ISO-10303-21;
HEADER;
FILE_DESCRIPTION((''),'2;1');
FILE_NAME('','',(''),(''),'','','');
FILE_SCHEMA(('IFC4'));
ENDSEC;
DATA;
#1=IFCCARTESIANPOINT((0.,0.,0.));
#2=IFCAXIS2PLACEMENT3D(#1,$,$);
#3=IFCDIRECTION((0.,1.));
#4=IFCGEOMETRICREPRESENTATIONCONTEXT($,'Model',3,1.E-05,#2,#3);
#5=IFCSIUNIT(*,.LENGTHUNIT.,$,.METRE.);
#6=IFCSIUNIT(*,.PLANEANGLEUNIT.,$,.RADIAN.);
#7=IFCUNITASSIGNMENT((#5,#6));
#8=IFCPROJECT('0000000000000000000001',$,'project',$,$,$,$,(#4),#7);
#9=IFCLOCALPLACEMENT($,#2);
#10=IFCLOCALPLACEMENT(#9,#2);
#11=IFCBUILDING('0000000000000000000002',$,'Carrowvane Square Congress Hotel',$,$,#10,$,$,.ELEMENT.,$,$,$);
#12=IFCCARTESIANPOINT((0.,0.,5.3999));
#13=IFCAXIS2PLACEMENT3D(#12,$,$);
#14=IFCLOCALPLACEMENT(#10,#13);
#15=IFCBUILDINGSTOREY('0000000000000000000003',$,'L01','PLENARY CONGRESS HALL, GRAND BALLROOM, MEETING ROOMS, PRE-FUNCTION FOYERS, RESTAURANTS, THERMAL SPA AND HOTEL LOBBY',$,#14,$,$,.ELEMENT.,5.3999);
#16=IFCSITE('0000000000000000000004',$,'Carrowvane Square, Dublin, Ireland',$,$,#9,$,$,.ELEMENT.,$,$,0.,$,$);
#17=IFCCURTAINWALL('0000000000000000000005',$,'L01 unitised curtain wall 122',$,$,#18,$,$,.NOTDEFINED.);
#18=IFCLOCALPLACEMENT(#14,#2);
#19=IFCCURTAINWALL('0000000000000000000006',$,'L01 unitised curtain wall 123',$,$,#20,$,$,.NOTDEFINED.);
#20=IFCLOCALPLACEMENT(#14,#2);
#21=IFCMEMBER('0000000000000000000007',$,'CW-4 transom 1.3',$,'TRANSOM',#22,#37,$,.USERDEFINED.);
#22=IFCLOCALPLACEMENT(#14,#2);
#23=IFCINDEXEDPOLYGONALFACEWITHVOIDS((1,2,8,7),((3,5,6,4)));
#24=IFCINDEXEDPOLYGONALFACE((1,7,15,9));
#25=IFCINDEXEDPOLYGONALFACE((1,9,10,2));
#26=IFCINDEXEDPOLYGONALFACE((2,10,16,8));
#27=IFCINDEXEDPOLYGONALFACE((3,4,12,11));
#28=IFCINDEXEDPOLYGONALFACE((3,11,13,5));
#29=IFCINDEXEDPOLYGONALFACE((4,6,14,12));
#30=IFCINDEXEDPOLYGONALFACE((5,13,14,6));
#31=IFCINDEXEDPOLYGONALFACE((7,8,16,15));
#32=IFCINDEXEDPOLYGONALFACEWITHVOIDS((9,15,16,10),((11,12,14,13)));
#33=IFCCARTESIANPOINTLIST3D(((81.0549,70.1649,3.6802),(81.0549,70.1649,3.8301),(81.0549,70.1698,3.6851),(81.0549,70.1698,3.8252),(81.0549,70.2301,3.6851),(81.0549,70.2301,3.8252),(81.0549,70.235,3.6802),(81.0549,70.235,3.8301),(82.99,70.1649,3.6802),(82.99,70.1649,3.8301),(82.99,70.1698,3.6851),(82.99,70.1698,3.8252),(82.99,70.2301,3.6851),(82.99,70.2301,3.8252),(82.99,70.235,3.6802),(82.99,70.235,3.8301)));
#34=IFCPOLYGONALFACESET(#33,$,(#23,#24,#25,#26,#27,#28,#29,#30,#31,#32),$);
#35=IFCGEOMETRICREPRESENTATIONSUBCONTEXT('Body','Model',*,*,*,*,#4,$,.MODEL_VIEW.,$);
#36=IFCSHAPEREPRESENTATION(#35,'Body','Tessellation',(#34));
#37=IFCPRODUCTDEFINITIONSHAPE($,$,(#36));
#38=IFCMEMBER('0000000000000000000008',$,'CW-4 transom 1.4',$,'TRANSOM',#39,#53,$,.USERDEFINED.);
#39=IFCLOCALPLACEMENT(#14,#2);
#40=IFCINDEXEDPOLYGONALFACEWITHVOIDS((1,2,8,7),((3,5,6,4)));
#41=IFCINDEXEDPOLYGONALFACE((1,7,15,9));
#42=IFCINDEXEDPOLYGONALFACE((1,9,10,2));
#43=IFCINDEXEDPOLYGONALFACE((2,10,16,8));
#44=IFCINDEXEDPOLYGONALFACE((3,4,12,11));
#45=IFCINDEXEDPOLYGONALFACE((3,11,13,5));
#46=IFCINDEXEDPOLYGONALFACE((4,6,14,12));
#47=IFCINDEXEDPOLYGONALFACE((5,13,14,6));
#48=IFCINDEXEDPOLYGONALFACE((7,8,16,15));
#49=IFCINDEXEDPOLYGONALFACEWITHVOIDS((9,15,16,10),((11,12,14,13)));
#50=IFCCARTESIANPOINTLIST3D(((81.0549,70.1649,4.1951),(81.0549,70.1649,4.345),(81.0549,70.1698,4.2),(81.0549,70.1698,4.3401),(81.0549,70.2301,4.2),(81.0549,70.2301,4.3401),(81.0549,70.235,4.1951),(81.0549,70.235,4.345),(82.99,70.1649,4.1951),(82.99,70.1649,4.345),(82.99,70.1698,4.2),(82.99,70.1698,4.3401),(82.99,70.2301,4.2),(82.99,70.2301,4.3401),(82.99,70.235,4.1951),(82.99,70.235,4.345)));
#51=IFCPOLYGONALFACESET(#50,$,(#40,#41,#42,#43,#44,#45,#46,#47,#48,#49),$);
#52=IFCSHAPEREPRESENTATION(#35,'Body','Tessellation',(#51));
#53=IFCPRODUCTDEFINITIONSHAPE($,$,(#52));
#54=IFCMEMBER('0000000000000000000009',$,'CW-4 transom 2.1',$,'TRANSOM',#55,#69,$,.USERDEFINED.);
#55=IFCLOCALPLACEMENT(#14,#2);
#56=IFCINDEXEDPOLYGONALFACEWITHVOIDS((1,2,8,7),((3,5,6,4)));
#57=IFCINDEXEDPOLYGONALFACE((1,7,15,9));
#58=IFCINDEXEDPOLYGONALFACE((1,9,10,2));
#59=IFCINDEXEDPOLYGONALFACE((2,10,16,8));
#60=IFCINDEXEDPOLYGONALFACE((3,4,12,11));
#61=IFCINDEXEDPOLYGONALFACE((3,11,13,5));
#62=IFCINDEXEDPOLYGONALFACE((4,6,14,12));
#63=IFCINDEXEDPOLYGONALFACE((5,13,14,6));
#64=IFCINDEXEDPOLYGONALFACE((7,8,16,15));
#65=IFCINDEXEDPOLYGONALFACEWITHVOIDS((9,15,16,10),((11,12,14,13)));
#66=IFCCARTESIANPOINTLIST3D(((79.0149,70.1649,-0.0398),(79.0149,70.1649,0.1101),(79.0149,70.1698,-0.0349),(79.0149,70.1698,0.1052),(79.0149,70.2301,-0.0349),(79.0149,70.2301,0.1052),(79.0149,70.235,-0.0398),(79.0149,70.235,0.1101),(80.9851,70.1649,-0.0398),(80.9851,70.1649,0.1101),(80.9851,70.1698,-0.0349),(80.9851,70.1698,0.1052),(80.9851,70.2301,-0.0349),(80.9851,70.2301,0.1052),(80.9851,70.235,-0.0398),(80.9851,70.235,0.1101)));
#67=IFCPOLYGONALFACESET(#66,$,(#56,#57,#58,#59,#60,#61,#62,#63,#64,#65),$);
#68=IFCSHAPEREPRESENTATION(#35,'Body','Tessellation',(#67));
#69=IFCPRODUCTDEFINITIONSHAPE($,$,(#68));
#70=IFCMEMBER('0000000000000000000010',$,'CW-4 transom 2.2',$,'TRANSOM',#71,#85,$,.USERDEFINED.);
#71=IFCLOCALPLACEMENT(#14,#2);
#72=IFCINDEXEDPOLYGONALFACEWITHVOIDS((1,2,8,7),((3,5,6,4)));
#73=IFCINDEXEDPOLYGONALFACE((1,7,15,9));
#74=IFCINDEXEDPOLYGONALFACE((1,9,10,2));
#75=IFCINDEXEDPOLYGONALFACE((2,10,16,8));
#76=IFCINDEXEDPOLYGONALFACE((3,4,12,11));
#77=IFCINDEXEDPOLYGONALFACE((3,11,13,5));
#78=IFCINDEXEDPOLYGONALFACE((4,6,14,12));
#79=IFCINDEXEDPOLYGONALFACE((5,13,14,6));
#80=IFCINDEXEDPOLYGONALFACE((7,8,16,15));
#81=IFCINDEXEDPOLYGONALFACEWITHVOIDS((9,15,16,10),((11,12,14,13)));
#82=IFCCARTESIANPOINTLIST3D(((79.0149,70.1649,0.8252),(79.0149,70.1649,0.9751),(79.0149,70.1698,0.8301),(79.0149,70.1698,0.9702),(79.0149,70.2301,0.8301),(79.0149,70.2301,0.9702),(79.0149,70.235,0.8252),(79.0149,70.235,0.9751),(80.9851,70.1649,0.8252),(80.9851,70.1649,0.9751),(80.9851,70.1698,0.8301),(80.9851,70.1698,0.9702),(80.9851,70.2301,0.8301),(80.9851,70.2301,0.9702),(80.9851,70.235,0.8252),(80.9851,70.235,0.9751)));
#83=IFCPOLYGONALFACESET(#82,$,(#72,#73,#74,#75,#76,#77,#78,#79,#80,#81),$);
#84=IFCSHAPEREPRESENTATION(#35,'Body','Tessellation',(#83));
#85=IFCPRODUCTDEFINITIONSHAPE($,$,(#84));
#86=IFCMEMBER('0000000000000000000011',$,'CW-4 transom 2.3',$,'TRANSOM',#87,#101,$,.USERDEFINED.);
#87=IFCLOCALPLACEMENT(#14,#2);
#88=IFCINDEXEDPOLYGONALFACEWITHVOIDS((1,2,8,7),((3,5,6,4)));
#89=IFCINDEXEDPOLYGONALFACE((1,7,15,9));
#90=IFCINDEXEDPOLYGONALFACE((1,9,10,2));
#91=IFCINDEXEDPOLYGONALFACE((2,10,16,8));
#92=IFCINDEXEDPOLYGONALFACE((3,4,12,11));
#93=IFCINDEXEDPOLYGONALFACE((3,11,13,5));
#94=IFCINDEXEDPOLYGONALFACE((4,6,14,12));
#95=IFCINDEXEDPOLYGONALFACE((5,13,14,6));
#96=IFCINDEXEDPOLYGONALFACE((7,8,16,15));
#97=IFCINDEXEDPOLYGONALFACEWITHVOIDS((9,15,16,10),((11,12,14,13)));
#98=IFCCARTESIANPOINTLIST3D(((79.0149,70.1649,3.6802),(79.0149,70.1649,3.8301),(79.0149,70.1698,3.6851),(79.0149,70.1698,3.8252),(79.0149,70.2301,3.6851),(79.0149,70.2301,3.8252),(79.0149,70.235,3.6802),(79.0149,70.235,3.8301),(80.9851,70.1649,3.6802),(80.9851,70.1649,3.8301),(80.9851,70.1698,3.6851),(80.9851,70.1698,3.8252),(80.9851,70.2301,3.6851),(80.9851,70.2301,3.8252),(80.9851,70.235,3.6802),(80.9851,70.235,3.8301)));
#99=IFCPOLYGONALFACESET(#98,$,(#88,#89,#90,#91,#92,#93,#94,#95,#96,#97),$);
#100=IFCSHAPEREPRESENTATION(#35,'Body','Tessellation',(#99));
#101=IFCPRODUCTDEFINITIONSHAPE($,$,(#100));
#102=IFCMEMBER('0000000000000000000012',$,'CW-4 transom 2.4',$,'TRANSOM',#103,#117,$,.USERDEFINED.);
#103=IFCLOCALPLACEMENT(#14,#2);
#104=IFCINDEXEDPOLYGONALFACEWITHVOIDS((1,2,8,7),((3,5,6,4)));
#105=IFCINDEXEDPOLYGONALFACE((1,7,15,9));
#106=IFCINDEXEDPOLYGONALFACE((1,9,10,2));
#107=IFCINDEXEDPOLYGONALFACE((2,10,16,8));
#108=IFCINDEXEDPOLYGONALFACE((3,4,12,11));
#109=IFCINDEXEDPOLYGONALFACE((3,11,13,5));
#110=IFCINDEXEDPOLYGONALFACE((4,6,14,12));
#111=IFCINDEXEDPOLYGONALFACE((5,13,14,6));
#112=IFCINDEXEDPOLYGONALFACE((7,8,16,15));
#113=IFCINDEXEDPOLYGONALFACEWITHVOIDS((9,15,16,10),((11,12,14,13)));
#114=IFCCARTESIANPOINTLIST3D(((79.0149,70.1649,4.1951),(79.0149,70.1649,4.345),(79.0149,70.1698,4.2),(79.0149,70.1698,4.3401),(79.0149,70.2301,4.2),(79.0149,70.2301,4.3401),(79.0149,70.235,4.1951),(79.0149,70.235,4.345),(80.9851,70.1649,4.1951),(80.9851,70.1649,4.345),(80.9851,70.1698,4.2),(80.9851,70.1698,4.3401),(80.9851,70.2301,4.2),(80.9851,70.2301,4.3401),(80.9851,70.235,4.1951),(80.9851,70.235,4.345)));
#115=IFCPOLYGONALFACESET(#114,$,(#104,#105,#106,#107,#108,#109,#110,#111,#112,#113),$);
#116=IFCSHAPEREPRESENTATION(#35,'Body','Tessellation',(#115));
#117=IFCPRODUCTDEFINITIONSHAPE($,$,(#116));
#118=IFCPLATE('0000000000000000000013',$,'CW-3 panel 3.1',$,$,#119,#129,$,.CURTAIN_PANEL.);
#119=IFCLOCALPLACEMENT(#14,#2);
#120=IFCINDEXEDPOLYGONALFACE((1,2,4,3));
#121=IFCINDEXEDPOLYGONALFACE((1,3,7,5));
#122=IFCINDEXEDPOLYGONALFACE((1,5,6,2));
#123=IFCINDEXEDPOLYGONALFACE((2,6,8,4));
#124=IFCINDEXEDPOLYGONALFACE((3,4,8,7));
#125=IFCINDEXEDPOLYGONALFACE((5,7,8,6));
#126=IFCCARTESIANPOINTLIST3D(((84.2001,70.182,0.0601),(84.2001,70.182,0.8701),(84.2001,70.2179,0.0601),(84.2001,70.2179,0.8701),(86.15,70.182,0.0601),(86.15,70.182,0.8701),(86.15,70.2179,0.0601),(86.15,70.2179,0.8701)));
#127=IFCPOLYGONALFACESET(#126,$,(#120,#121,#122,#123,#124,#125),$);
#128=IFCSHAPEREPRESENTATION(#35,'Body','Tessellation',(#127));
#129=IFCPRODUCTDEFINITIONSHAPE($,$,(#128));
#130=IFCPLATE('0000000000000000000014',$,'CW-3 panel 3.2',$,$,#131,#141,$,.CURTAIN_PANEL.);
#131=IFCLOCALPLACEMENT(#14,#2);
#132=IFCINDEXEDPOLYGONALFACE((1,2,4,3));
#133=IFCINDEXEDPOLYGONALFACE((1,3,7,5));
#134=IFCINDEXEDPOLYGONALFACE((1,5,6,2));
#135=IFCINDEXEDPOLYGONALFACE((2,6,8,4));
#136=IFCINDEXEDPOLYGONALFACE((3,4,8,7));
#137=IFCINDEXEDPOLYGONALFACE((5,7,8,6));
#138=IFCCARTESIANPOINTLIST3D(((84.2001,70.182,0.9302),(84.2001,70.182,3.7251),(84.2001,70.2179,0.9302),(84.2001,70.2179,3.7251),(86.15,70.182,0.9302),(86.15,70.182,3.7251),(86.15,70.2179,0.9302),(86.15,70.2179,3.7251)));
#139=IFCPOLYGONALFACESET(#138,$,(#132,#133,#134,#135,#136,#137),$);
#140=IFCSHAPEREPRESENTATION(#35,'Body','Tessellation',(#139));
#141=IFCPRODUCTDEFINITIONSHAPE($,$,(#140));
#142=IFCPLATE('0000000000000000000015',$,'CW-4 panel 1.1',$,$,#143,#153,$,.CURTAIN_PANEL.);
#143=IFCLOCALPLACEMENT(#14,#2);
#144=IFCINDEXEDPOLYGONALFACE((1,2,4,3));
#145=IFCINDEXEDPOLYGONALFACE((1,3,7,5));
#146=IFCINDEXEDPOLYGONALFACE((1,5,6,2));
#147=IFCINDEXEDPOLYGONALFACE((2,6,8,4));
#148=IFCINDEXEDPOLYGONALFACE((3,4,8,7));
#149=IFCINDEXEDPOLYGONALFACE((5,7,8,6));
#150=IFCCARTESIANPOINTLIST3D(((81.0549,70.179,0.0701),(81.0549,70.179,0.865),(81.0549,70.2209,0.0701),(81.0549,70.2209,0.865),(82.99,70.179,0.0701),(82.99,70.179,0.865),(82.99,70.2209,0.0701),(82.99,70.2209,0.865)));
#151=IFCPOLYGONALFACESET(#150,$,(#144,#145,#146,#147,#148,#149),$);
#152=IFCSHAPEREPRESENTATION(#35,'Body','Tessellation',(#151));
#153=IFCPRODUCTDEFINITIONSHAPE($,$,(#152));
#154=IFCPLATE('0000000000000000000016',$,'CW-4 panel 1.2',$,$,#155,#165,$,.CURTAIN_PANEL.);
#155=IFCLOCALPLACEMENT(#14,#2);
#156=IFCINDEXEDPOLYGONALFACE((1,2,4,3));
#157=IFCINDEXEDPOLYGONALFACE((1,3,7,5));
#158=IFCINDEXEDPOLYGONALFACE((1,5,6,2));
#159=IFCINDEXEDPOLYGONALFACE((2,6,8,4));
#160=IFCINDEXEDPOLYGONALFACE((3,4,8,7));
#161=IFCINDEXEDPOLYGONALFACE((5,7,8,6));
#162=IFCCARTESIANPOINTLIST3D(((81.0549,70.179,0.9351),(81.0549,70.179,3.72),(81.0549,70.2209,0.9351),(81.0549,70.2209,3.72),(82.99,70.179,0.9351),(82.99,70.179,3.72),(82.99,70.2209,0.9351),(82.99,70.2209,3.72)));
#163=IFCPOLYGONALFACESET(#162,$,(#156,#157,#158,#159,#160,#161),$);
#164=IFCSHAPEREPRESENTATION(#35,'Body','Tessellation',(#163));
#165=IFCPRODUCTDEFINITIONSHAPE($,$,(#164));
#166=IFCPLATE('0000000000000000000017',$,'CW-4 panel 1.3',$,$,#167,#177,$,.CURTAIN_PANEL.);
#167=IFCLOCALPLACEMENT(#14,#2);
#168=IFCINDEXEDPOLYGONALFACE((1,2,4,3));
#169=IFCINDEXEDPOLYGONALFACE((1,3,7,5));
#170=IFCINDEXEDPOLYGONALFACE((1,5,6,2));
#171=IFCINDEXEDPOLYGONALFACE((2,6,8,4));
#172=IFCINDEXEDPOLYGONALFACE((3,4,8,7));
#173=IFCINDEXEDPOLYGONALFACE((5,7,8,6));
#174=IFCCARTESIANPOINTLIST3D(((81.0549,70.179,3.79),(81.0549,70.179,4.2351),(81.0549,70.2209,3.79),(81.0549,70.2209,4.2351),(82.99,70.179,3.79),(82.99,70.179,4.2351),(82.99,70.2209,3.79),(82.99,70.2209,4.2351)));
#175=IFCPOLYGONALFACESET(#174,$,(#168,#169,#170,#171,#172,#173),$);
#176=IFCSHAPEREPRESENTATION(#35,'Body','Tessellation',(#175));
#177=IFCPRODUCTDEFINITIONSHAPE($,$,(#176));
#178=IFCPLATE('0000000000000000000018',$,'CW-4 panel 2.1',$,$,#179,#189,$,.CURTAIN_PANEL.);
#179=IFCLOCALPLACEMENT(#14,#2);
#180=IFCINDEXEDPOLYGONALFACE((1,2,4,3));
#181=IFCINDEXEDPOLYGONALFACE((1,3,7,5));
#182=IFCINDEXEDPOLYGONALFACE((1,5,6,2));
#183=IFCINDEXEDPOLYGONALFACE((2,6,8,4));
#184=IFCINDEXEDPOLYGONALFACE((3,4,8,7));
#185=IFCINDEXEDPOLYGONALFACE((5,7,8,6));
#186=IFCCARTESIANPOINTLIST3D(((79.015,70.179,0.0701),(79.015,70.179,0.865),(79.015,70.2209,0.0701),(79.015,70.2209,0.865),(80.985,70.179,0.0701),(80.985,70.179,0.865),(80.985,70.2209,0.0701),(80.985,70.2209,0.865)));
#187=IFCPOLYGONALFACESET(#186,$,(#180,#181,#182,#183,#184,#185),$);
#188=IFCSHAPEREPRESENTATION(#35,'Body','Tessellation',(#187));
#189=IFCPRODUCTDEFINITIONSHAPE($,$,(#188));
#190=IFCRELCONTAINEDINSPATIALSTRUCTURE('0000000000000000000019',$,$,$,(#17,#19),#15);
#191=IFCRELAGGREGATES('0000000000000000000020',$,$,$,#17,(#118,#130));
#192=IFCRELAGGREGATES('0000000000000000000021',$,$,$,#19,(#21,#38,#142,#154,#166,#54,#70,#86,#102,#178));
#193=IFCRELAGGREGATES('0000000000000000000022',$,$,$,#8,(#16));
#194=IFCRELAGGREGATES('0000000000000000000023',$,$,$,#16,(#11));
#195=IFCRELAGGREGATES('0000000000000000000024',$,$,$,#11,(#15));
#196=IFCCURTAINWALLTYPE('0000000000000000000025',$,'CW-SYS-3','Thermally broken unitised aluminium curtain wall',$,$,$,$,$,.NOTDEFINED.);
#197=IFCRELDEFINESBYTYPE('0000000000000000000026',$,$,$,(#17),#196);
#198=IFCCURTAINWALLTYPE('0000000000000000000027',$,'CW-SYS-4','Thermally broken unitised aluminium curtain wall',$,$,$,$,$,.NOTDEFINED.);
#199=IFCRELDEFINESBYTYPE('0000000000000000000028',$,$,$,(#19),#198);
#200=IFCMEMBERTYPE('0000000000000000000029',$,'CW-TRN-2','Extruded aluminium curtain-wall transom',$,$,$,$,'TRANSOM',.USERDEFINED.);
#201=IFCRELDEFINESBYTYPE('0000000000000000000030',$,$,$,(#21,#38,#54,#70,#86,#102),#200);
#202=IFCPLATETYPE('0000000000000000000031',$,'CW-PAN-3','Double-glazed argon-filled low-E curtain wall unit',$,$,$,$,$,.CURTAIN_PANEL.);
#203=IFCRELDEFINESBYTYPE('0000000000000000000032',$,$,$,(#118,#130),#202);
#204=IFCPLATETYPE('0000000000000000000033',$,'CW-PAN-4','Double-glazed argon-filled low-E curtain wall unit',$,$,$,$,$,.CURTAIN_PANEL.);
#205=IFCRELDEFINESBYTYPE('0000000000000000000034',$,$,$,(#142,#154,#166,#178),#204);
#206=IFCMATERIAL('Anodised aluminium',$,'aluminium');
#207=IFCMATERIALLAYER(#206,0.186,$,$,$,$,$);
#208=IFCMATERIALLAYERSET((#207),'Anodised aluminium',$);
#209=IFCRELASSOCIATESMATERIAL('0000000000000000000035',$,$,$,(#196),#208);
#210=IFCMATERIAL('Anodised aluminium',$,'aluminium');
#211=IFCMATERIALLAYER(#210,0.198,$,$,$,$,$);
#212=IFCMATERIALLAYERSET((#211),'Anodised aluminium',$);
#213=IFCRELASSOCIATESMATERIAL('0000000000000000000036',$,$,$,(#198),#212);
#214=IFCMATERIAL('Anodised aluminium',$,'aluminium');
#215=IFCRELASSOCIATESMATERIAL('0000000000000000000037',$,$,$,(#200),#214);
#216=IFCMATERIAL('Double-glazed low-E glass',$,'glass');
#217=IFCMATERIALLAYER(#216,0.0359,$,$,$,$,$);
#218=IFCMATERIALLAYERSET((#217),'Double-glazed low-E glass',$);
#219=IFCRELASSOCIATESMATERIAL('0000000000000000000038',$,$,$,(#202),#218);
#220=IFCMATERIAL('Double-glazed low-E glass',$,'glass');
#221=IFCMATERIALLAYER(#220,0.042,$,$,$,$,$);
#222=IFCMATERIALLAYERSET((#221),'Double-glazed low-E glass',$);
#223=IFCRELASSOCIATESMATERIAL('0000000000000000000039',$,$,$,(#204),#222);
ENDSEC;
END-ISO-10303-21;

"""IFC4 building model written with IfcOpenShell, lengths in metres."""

from ifc_helpers import new_model, si_unit, direction, frame, origin, origin_2d, place, context, subcontext, project, spatial, rectangle, hollow_rectangle, extrude, material, layer, layer_set, material_profile, profile_set, type_object, element, aggregate, save


model = new_model("IFC4")

# Units and contexts
model_context = context("Model", 3, precision=1e-05, world=origin(), true_north=direction((0.0, 1.0)))
body_context = subcontext(model_context, "Body", "Model", "MODEL_VIEW")
ifc_project = project(units=[si_unit("LENGTHUNIT", "METRE"), si_unit("PLANEANGLEUNIT", "RADIAN")], contexts=[model_context])

# Site, building, storey
site_placement = place(None, origin())
site = spatial("IfcSite", under=ifc_project, at=site_placement, Name="Carrowvane Square, Dublin, Ireland", CompositionType="ELEMENT", RefElevation=0.0)
building_placement = place(site_placement, origin())
building = spatial("IfcBuilding", under=site, at=building_placement, Name="Carrowvane Square Congress Hotel", CompositionType="ELEMENT")
storey_placement = place(building_placement, frame((0.0, 0.0, 5.3999)))
storey = spatial("IfcBuildingStorey", under=building, at=storey_placement, Name="L01", Description="PLENARY CONGRESS HALL, GRAND BALLROOM, MEETING ROOMS, PRE-FUNCTION FOYERS, RESTAURANTS, THERMAL SPA AND HOTEL LOBBY", CompositionType="ELEMENT", Elevation=5.3999)

# Curtain wall
ifc_material_1 = material(Name="Anodised aluminium", Category="aluminium")
ifc_layer_1 = layer(ifc_material_1, 0.186)
ifc_layer_set_1 = layer_set([ifc_layer_1], Name="Anodised aluminium")
curtain_wall_type_1 = type_object("IfcCurtainWallType", Name="CW-SYS-3", Description="Thermally broken unitised aluminium curtain wall", PredefinedType="NOTDEFINED", material=ifc_layer_set_1)
curtain_wall_1_placement = place(storey_placement, origin())
curtain_wall_1 = element("IfcCurtainWall", 1, at=curtain_wall_1_placement, inside=storey, type_object=curtain_wall_type_1, Name="L01 unitised curtain wall 122", PredefinedType="NOTDEFINED")

# Curtain wall, members
ifc_material_2 = material(Name="Anodised aluminium", Category="aluminium")
ifc_layer_2 = layer(ifc_material_2, 0.198)
ifc_layer_set_2 = layer_set([ifc_layer_2], Name="Anodised aluminium")
curtain_wall_type_2 = type_object("IfcCurtainWallType", Name="CW-SYS-4", Description="Thermally broken unitised aluminium curtain wall", PredefinedType="NOTDEFINED", material=ifc_layer_set_2)
curtain_wall_2_placement = place(storey_placement, origin())
curtain_wall_2 = element("IfcCurtainWall", 2, at=curtain_wall_2_placement, inside=storey, type_object=curtain_wall_type_2, Name="L01 unitised curtain wall 123", PredefinedType="NOTDEFINED")
ifc_material_3 = material(Name="Anodised aluminium", Category="aluminium")
ifc_material_profile_1 = material_profile(ifc_material_3, hollow_rectangle(XDim=0.0701, YDim=0.1499, WallThickness=0.0049, at=origin_2d()), Name="CW-TR 70x150x5")
ifc_profile_set_1 = profile_set([ifc_material_profile_1], Name="Anodised aluminium")
member_type_1 = type_object("IfcMemberType", Name="CW-TRN-2", Description="Extruded aluminium curtain-wall transom", ElementType="TRANSOM", PredefinedType="USERDEFINED", material=ifc_profile_set_1)
member_1_placement = place(storey_placement, frame((82.99, 70.2, 3.7551), z_axis=(-1.0, 0.0, 0.0), x_axis=(0.0, -1.0, 0.0)))
member_1 = element("IfcMember", 3, at=member_1_placement, type_object=member_type_1, Name="CW-4 transom 1.3", ObjectType="TRANSOM", PredefinedType="USERDEFINED", context=body_context, shape_type="SweptSolid", body=[
    extrude(hollow_rectangle(XDim=0.0701, YDim=0.1499, WallThickness=0.0049, at=origin_2d()), origin(), (0.0, 0.0, 1.0), 1.9351),
])
member_2_placement = place(storey_placement, frame((82.99, 70.2, 4.27), z_axis=(-1.0, 0.0, 0.0), x_axis=(0.0, -1.0, 0.0)))
member_2 = element("IfcMember", 4, at=member_2_placement, type_object=member_type_1, Name="CW-4 transom 1.4", ObjectType="TRANSOM", PredefinedType="USERDEFINED", context=body_context, shape_type="SweptSolid", body=[
    extrude(hollow_rectangle(XDim=0.0701, YDim=0.1499, WallThickness=0.0049, at=origin_2d()), origin(), (0.0, 0.0, 1.0), 1.9351),
])
member_3_placement = place(storey_placement, frame((80.9851, 70.2, 0.0352), z_axis=(-1.0, 0.0, 0.0), x_axis=(0.0, -1.0, 0.0)))
member_3 = element("IfcMember", 5, at=member_3_placement, type_object=member_type_1, Name="CW-4 transom 2.1", ObjectType="TRANSOM", PredefinedType="USERDEFINED", context=body_context, shape_type="SweptSolid", body=[
    extrude(hollow_rectangle(XDim=0.0701, YDim=0.1499, WallThickness=0.0049, at=origin_2d()), origin(), (0.0, 0.0, 1.0), 1.9702),
])
member_4_placement = place(storey_placement, frame((80.9851, 70.2, 0.9001), z_axis=(-1.0, 0.0, 0.0), x_axis=(0.0, -1.0, 0.0)))
member_4 = element("IfcMember", 6, at=member_4_placement, type_object=member_type_1, Name="CW-4 transom 2.2", ObjectType="TRANSOM", PredefinedType="USERDEFINED", context=body_context, shape_type="SweptSolid", body=[
    extrude(hollow_rectangle(XDim=0.0701, YDim=0.1499, WallThickness=0.0049, at=origin_2d()), origin(), (0.0, 0.0, 1.0), 1.9702),
])
member_5_placement = place(storey_placement, frame((80.9851, 70.2, 3.7551), z_axis=(-1.0, 0.0, 0.0), x_axis=(0.0, -1.0, 0.0)))
member_5 = element("IfcMember", 7, at=member_5_placement, type_object=member_type_1, Name="CW-4 transom 2.3", ObjectType="TRANSOM", PredefinedType="USERDEFINED", context=body_context, shape_type="SweptSolid", body=[
    extrude(hollow_rectangle(XDim=0.0701, YDim=0.1499, WallThickness=0.0049, at=origin_2d()), origin(), (0.0, 0.0, 1.0), 1.9702),
])
member_6_placement = place(storey_placement, frame((80.9851, 70.2, 4.27), z_axis=(-1.0, 0.0, 0.0), x_axis=(0.0, -1.0, 0.0)))
member_6 = element("IfcMember", 8, at=member_6_placement, type_object=member_type_1, Name="CW-4 transom 2.4", ObjectType="TRANSOM", PredefinedType="USERDEFINED", context=body_context, shape_type="SweptSolid", body=[
    extrude(hollow_rectangle(XDim=0.0701, YDim=0.1499, WallThickness=0.0049, at=origin_2d()), origin(), (0.0, 0.0, 1.0), 1.9702),
])

# Plates
ifc_material_4 = material(Name="Double-glazed low-E glass", Category="glass")
ifc_layer_3 = layer(ifc_material_4, 0.0359)
ifc_layer_set_3 = layer_set([ifc_layer_3], Name="Double-glazed low-E glass")
plate_type_1 = type_object("IfcPlateType", Name="CW-PAN-3", Description="Double-glazed argon-filled low-E curtain wall unit", PredefinedType="CURTAIN_PANEL", material=ifc_layer_set_3)
plate_1_placement = place(storey_placement, frame((85.175, 70.2, 0.0601), z_axis=(0.0, 0.0, 1.0), x_axis=(-1.0, 0.0, 0.0)))
plate_1 = element("IfcPlate", 9, at=plate_1_placement, type_object=plate_type_1, Name="CW-3 panel 3.1", PredefinedType="CURTAIN_PANEL", context=body_context, shape_type="SweptSolid", body=[
    extrude(rectangle(XDim=1.95, YDim=0.0359, at=origin_2d()), origin(), (0.0, 0.0, 1.0), 0.8101),
])
plate_2_placement = place(storey_placement, frame((85.175, 70.2, 0.9302), z_axis=(0.0, 0.0, 1.0), x_axis=(-1.0, 0.0, 0.0)))
plate_2 = element("IfcPlate", 10, at=plate_2_placement, type_object=plate_type_1, Name="CW-3 panel 3.2", PredefinedType="CURTAIN_PANEL", context=body_context, shape_type="SweptSolid", body=[
    extrude(rectangle(XDim=1.95, YDim=0.0359, at=origin_2d()), origin(), (0.0, 0.0, 1.0), 2.7949),
])
aggregate(curtain_wall_1, [plate_1, plate_2])
ifc_material_5 = material(Name="Double-glazed low-E glass", Category="glass")
ifc_layer_4 = layer(ifc_material_5, 0.042)
ifc_layer_set_4 = layer_set([ifc_layer_4], Name="Double-glazed low-E glass")
plate_type_2 = type_object("IfcPlateType", Name="CW-PAN-4", Description="Double-glazed argon-filled low-E curtain wall unit", PredefinedType="CURTAIN_PANEL", material=ifc_layer_set_4)
plate_3_placement = place(storey_placement, frame((82.0225, 70.2, 0.0701), z_axis=(0.0, 0.0, 1.0), x_axis=(-1.0, 0.0, 0.0)))
plate_3 = element("IfcPlate", 11, at=plate_3_placement, type_object=plate_type_2, Name="CW-4 panel 1.1", PredefinedType="CURTAIN_PANEL", context=body_context, shape_type="SweptSolid", body=[
    extrude(rectangle(XDim=1.9351, YDim=0.042, at=origin_2d()), origin(), (0.0, 0.0, 1.0), 0.7949),
])
plate_4_placement = place(storey_placement, frame((82.0225, 70.2, 0.9351), z_axis=(0.0, 0.0, 1.0), x_axis=(-1.0, 0.0, 0.0)))
plate_4 = element("IfcPlate", 12, at=plate_4_placement, type_object=plate_type_2, Name="CW-4 panel 1.2", PredefinedType="CURTAIN_PANEL", context=body_context, shape_type="SweptSolid", body=[
    extrude(rectangle(XDim=1.9351, YDim=0.042, at=origin_2d()), origin(), (0.0, 0.0, 1.0), 2.7849),
])
plate_5_placement = place(storey_placement, frame((82.0225, 70.2, 3.79), z_axis=(0.0, 0.0, 1.0), x_axis=(-1.0, 0.0, 0.0)))
plate_5 = element("IfcPlate", 13, at=plate_5_placement, type_object=plate_type_2, Name="CW-4 panel 1.3", PredefinedType="CURTAIN_PANEL", context=body_context, shape_type="SweptSolid", body=[
    extrude(rectangle(XDim=1.9351, YDim=0.042, at=origin_2d()), origin(), (0.0, 0.0, 1.0), 0.4451),
])
plate_6_placement = place(storey_placement, frame((80.0, 70.2, 0.0701), z_axis=(0.0, 0.0, 1.0), x_axis=(-1.0, 0.0, 0.0)))
plate_6 = element("IfcPlate", 14, at=plate_6_placement, type_object=plate_type_2, Name="CW-4 panel 2.1", PredefinedType="CURTAIN_PANEL", context=body_context, shape_type="SweptSolid", body=[
    extrude(rectangle(XDim=1.97, YDim=0.042, at=origin_2d()), origin(), (0.0, 0.0, 1.0), 0.7949),
])
aggregate(curtain_wall_2, [member_1, member_2, plate_3, plate_4, plate_5, member_3, member_4, member_5, member_6, plate_6])

save(model, "model.ifc")
